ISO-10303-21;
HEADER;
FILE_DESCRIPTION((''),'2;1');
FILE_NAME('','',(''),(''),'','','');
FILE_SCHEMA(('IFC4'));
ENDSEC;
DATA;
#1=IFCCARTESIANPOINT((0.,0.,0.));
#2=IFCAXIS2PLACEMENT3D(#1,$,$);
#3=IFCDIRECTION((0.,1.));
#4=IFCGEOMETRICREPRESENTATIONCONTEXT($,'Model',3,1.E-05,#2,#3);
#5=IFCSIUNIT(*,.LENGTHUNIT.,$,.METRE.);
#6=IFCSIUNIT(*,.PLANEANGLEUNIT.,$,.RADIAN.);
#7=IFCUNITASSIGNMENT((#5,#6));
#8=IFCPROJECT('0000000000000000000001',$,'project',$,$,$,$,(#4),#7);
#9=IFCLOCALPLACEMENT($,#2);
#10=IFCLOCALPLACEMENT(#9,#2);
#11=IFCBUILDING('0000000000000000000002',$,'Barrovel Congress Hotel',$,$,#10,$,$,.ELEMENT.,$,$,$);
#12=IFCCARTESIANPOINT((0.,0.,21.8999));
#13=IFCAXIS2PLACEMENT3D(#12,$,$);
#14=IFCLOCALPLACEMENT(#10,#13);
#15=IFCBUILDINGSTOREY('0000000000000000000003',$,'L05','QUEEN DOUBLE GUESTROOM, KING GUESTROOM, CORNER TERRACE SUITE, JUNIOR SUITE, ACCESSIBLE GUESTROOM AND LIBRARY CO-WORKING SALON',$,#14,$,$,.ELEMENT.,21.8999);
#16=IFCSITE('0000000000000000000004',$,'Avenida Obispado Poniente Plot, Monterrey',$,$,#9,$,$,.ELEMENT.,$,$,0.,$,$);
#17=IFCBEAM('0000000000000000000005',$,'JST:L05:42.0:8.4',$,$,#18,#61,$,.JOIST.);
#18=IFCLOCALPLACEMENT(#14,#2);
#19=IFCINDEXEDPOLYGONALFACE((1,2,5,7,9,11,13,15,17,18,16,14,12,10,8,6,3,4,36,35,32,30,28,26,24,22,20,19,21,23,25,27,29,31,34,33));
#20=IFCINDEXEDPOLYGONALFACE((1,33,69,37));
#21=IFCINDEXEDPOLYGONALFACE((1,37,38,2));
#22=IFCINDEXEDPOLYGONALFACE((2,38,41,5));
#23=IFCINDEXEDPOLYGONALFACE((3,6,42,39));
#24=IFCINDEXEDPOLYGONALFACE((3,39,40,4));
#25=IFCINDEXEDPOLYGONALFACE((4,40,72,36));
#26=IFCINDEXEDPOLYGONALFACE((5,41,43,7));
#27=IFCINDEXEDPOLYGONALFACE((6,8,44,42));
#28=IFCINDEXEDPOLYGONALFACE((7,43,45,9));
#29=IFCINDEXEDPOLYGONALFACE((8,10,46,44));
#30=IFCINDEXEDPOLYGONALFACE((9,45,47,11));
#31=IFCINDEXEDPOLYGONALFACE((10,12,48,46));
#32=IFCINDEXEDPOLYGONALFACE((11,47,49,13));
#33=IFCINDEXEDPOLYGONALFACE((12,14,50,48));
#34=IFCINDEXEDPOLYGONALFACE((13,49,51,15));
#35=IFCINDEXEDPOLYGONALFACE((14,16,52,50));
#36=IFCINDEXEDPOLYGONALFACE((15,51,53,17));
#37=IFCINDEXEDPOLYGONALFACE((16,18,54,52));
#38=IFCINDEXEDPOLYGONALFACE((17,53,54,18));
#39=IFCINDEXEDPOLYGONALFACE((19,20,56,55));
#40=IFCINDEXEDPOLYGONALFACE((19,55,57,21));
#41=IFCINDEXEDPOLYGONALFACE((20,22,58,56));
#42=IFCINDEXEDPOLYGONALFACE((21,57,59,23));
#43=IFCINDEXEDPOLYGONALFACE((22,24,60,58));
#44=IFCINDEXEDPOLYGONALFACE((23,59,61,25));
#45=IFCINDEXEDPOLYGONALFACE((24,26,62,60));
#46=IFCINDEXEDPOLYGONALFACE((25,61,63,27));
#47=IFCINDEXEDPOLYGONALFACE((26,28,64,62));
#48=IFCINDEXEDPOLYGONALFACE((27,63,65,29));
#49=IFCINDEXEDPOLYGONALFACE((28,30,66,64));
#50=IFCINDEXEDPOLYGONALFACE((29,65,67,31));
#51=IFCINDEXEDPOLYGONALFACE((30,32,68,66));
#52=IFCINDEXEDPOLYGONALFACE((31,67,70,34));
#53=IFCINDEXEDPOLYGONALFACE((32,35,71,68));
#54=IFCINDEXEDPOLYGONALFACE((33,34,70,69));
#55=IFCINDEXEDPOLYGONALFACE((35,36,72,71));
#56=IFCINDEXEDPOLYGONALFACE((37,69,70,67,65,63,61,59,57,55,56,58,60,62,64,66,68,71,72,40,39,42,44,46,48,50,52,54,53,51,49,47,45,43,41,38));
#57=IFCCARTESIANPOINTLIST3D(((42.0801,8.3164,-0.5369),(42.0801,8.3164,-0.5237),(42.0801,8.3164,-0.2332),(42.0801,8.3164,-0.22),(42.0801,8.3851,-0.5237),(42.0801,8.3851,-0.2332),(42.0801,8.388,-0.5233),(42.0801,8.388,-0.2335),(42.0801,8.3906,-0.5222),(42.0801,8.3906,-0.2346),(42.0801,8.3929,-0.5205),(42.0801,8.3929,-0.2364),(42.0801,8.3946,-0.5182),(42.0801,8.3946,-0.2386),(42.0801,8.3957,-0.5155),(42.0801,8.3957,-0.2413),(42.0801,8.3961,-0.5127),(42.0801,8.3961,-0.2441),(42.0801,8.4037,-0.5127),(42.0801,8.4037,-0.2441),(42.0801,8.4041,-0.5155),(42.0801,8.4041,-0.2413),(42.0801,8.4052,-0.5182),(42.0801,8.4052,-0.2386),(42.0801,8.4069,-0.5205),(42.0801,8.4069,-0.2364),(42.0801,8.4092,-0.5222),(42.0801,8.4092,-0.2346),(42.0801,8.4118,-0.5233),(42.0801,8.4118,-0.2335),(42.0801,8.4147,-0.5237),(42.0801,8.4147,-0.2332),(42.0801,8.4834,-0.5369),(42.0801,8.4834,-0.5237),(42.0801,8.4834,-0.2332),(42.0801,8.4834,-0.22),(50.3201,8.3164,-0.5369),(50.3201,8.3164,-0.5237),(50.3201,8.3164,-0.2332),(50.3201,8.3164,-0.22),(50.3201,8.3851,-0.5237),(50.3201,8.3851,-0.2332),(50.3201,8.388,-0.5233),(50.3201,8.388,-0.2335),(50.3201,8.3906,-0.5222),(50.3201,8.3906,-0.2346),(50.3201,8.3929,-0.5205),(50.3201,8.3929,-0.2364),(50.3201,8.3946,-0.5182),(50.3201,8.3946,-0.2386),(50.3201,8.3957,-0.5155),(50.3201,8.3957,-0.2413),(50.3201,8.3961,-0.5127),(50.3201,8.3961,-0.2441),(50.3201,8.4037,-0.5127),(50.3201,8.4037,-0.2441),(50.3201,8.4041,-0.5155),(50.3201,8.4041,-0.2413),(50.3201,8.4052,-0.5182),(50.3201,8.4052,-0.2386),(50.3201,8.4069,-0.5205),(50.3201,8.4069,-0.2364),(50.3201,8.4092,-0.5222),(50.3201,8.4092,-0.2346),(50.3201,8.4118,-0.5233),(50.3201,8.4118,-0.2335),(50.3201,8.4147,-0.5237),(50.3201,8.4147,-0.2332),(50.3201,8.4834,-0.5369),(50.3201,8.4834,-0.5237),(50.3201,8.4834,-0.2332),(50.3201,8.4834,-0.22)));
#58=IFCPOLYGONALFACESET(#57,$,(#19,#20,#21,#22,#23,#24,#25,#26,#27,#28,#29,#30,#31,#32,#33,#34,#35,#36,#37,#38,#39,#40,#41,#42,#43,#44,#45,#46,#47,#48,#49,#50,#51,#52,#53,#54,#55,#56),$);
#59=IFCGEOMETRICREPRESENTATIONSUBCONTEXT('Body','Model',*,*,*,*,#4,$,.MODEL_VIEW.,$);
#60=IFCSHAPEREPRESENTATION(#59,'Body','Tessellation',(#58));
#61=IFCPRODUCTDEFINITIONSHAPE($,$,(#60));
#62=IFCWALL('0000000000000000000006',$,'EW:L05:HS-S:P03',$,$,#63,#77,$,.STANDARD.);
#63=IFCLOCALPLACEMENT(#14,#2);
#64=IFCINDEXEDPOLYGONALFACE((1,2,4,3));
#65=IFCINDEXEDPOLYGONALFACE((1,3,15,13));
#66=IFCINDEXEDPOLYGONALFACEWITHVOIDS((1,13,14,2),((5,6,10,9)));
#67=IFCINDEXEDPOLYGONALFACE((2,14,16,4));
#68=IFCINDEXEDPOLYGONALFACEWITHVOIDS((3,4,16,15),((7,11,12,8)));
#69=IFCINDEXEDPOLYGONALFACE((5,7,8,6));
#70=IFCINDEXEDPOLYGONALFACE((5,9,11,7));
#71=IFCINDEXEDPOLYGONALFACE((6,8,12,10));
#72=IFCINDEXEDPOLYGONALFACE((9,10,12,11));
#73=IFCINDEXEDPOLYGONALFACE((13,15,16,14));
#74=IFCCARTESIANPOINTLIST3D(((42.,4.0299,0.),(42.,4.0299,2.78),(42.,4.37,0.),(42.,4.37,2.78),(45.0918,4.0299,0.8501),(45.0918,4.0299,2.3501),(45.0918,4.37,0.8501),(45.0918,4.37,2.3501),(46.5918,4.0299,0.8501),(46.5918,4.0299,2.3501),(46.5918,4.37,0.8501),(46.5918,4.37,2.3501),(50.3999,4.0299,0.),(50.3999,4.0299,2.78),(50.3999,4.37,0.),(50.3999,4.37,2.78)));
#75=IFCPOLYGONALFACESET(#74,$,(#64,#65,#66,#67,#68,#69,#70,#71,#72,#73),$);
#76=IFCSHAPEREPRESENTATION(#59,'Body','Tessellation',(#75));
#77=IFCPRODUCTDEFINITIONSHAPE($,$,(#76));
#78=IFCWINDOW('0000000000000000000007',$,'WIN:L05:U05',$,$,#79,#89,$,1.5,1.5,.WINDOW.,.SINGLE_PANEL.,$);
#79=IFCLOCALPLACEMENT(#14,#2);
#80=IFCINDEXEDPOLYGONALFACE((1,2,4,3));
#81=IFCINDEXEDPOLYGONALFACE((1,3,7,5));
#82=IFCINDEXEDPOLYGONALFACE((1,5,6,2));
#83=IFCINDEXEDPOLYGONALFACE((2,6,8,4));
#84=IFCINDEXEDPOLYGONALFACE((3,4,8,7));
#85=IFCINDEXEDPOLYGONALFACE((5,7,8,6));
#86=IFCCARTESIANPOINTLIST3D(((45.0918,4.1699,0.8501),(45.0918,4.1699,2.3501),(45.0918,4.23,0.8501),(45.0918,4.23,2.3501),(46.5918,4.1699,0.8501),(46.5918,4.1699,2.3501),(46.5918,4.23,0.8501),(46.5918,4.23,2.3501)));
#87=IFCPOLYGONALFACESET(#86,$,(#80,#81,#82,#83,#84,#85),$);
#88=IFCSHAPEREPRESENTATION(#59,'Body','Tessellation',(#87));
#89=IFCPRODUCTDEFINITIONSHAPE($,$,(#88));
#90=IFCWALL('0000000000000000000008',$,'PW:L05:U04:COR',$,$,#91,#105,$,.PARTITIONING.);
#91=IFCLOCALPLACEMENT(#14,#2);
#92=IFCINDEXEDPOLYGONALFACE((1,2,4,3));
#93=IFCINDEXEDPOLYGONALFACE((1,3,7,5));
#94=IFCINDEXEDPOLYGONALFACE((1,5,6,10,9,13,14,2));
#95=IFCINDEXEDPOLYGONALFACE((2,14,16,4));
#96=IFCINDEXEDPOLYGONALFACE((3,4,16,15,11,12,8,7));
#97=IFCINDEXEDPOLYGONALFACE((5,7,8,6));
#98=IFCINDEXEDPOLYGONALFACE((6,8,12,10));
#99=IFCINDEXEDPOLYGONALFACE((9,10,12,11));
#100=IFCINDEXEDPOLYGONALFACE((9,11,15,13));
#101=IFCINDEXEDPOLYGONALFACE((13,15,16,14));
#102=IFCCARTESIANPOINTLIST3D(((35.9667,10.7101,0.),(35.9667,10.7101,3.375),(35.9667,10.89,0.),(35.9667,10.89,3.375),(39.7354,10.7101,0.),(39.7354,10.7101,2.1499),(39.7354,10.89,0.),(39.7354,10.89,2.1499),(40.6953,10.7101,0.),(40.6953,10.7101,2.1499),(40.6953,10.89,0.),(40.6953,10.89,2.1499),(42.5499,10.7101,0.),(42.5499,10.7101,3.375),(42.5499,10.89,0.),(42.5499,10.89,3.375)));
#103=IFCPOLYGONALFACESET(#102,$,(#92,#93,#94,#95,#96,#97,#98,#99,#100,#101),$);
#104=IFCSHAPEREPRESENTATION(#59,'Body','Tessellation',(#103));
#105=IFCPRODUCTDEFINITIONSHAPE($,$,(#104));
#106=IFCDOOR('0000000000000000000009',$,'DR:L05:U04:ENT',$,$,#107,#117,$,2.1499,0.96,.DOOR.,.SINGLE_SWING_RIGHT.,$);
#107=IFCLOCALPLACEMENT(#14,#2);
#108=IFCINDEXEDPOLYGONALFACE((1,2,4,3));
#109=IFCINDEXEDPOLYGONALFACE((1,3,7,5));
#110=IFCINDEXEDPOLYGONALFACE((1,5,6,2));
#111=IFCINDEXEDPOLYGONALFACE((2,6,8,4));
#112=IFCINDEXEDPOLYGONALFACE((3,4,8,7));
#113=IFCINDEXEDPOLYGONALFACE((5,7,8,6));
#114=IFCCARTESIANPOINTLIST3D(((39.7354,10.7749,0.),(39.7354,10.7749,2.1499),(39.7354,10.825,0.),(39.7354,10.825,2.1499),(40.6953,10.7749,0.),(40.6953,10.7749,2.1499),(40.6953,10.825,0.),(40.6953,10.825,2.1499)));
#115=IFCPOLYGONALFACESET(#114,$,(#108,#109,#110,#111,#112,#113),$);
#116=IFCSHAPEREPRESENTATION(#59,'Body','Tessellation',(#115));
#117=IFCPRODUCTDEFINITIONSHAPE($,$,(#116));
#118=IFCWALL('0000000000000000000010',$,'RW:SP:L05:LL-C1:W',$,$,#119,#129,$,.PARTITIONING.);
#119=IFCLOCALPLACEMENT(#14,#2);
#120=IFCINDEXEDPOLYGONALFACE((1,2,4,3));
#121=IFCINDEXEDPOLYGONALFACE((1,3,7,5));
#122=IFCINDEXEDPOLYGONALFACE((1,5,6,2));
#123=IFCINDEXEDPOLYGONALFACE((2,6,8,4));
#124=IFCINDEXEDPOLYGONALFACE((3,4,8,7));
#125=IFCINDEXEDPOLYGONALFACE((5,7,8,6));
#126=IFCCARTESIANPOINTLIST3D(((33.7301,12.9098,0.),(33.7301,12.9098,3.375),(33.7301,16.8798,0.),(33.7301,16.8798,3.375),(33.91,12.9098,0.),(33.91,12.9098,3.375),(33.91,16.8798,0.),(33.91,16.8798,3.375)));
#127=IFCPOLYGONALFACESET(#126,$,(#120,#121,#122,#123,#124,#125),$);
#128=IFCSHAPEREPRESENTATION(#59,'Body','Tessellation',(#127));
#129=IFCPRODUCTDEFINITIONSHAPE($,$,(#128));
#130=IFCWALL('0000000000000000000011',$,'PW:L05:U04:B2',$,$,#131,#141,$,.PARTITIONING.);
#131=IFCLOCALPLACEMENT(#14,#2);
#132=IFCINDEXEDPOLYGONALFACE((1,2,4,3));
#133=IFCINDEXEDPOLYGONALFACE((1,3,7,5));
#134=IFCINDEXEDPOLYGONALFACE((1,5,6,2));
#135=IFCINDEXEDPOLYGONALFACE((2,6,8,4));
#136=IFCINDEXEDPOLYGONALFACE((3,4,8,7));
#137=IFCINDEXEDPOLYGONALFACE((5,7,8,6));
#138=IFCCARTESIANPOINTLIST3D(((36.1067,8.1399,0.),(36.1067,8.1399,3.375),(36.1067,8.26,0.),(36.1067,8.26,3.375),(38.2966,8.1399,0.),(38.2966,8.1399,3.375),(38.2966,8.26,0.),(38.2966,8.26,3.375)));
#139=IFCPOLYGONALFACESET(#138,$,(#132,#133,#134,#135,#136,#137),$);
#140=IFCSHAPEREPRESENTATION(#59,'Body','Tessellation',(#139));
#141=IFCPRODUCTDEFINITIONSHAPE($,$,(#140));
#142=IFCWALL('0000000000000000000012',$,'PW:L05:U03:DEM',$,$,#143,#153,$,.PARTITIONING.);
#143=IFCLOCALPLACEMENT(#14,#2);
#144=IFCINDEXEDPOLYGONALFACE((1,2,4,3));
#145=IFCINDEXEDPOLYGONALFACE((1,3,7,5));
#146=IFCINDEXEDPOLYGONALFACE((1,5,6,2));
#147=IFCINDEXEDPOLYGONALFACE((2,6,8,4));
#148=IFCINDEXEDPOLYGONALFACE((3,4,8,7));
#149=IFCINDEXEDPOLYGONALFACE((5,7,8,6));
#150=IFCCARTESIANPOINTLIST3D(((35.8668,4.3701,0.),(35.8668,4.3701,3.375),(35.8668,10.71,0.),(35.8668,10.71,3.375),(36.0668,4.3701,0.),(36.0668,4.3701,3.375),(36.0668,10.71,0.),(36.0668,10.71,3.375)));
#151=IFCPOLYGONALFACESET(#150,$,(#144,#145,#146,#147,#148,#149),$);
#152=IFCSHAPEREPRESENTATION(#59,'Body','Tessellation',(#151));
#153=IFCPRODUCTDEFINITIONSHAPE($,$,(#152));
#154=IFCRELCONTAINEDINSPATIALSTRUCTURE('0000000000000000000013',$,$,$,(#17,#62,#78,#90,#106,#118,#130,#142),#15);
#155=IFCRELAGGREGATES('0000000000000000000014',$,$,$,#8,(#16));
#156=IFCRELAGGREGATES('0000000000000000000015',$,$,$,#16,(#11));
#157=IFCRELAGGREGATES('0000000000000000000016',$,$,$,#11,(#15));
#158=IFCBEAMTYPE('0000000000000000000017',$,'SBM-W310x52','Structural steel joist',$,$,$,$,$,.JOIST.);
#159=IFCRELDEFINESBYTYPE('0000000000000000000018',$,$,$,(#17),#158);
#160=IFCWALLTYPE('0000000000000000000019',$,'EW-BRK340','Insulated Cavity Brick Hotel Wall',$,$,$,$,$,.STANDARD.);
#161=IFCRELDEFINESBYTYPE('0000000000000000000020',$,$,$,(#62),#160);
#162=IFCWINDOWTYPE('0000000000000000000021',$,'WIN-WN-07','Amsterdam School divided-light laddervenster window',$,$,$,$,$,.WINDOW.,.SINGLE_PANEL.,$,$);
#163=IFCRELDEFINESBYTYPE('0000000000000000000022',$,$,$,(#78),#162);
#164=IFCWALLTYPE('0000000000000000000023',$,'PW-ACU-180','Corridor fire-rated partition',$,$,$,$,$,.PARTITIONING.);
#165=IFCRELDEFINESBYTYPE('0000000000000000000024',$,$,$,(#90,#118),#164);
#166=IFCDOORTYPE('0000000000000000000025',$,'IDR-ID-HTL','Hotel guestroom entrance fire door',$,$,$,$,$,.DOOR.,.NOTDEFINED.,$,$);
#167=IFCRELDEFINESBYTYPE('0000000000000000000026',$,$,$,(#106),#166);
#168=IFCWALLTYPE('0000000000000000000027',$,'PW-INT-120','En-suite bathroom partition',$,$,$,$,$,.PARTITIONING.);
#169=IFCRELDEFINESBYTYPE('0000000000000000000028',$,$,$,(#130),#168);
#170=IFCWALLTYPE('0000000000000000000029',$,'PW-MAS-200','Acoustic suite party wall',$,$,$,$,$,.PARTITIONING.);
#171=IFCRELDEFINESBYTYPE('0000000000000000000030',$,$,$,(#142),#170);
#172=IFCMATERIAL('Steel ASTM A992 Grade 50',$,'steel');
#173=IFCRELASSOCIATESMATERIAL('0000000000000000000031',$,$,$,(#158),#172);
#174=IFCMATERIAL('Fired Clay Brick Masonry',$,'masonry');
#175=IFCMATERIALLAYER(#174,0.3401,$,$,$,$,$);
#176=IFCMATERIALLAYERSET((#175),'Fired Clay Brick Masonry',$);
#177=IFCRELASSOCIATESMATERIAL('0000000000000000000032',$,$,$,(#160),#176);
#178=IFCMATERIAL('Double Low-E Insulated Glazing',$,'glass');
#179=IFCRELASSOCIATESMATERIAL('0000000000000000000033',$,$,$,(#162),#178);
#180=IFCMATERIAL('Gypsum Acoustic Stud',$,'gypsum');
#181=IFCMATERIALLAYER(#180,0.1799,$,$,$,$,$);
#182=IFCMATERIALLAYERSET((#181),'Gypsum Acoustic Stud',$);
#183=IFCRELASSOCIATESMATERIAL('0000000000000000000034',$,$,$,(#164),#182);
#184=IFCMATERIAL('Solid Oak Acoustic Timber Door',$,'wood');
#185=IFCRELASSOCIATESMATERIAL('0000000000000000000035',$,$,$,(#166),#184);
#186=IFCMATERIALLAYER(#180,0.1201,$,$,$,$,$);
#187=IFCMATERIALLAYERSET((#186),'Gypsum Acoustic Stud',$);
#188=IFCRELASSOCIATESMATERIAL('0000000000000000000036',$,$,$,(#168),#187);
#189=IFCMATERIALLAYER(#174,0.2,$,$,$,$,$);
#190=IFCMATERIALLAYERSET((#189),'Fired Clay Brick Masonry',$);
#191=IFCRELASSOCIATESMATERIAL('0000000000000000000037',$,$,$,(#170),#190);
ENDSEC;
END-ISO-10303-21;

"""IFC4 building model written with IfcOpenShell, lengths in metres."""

from ifc_helpers import new_model, si_unit, direction, frame, frame_2d, origin, origin_2d, place, context, subcontext, project, spatial, rectangle, i_section, extrude, material, layer, layer_set, material_profile, profile_set, type_object, element, fill, save


model = new_model("IFC4")

# Units and contexts
model_context = context("Model", 3, precision=1e-05, world=origin(), true_north=direction((0.0, 1.0)))
body_context = subcontext(model_context, "Body", "Model", "MODEL_VIEW")
ifc_project = project(units=[si_unit("LENGTHUNIT", "METRE"), si_unit("PLANEANGLEUNIT", "RADIAN")], contexts=[model_context])

# Site, building, storey
site_placement = place(None, origin())
site = spatial("IfcSite", under=ifc_project, at=site_placement, Name="Avenida Obispado Poniente Plot, Monterrey", CompositionType="ELEMENT", RefElevation=0.0)
building_placement = place(site_placement, origin())
building = spatial("IfcBuilding", under=site, at=building_placement, Name="Barrovel Congress Hotel", CompositionType="ELEMENT")
storey_placement = place(building_placement, frame((0.0, 0.0, 21.8999)))
storey = spatial("IfcBuildingStorey", under=building, at=storey_placement, Name="L05", Description="QUEEN DOUBLE GUESTROOM, KING GUESTROOM, CORNER TERRACE SUITE, JUNIOR SUITE, ACCESSIBLE GUESTROOM AND LIBRARY CO-WORKING SALON", CompositionType="ELEMENT", Elevation=21.8999)

# Beam
ifc_material_1 = material(Name="Steel ASTM A992 Grade 50", Category="steel")
ifc_material_profile_1 = material_profile(ifc_material_1, i_section(OverallWidth=0.167, OverallDepth=0.3169, WebThickness=0.0076, FlangeThickness=0.0132, FilletRadius=0.011, at=origin_2d()), Name="W310x52")
ifc_profile_set_1 = profile_set([ifc_material_profile_1], Name="Steel ASTM A992 Grade 50")
beam_type_1 = type_object("IfcBeamType", Name="SBM-W310x52", Description="Structural steel joist", PredefinedType="JOIST", material=ifc_profile_set_1)
for number, where, z_axis, x_axis, name in (
    (1, (42.0801, 8.3999, -0.3784), (1.0, 0.0, 0.0), (0.0, 1.0, 0.0), "JST:L05:42.0:8.4"),
):
    element("IfcBeam", number, at=place(storey_placement, frame(where, z_axis=z_axis, x_axis=x_axis)), inside=storey, type_object=beam_type_1, Name=name, PredefinedType="JOIST", context=body_context, shape_type="SweptSolid", body=[
        extrude(i_section(OverallWidth=0.167, OverallDepth=0.3169, WebThickness=0.0076, FlangeThickness=0.0132, FilletRadius=0.011, at=origin_2d()), origin(), (0.0, 0.0, 1.0), 8.24),
    ])

# Wall, opening, window
ifc_material_2 = material(Name="Fired Clay Brick Masonry", Category="masonry")
ifc_layer_1 = layer(ifc_material_2, 0.3401)
ifc_layer_set_1 = layer_set([ifc_layer_1], Name="Fired Clay Brick Masonry")
wall_type_1 = type_object("IfcWallType", Name="EW-BRK340", Description="Insulated Cavity Brick Hotel Wall", PredefinedType="STANDARD", material=ifc_layer_set_1)
wall_1_placement = place(storey_placement, frame((42.0, 4.2, 0.0), z_axis=(0.0, 0.0, 1.0), x_axis=(1.0, 0.0, 0.0)))
wall_1 = element("IfcWall", 2, at=wall_1_placement, inside=storey, type_object=wall_type_1, Name="EW:L05:HS-S:P03", PredefinedType="STANDARD", context=body_context, shape_type="SweptSolid", body=[
    extrude(rectangle(XDim=8.3999, YDim=0.3401, at=frame_2d((4.2, 0.0))), origin(), (0.0, 0.0, 1.0), 2.78),
])
opening_1_placement = place(wall_1_placement, frame((3.0918, 0.0, 0.8501)))
opening_1 = element("IfcOpeningElement", 3, at=opening_1_placement, cuts=wall_1, PredefinedType="OPENING", context=body_context, shape_type="SweptSolid", body=[
    extrude(rectangle(XDim=1.5, YDim=1.5, at=frame_2d((0.75, 0.75))), frame((0.0, 0.1802, 0.0), z_axis=(0.0, -1.0, 0.0), x_axis=(1.0, 0.0, 0.0)), (0.0, 0.0, 1.0), 0.3601),
])
ifc_material_3 = material(Name="Double Low-E Insulated Glazing", Category="glass")
window_type = type_object("IfcWindowType", Name="WIN-WN-07", Description="Amsterdam School divided-light laddervenster window", PartitioningType="SINGLE_PANEL", PredefinedType="WINDOW", material=ifc_material_3)
window_placement = place(opening_1_placement, origin())
window = element("IfcWindow", 4, at=window_placement, inside=storey, type_object=window_type, Name="WIN:L05:U05", OverallHeight=1.5, OverallWidth=1.5, PartitioningType="SINGLE_PANEL", PredefinedType="WINDOW", context=body_context, shape_type="SweptSolid", body=[
    extrude(rectangle(XDim=1.5, YDim=1.5, at=frame_2d((0.75, 0.75))), frame((0.0, 0.03, 0.0), z_axis=(0.0, -1.0, 0.0), x_axis=(1.0, 0.0, 0.0)), (0.0, 0.0, 1.0), 0.0601),
])
fill(opening_1, window)

# Wall, opening, door
ifc_material_4 = material(Name="Gypsum Acoustic Stud", Category="gypsum")
ifc_layer_2 = layer(ifc_material_4, 0.1799)
ifc_layer_set_2 = layer_set([ifc_layer_2], Name="Gypsum Acoustic Stud")
wall_type_2 = type_object("IfcWallType", Name="PW-ACU-180", Description="Corridor fire-rated partition", PredefinedType="PARTITIONING", material=ifc_layer_set_2)
wall_2_placement = place(storey_placement, frame((35.9668, 10.8, 0.0), z_axis=(0.0, 0.0, 1.0), x_axis=(1.0, 0.0, 0.0)))
wall_2 = element("IfcWall", 5, at=wall_2_placement, inside=storey, type_object=wall_type_2, Name="PW:L05:U04:COR", PredefinedType="PARTITIONING", context=body_context, shape_type="SweptSolid", body=[
    extrude(rectangle(XDim=6.5833, YDim=0.1799, at=frame_2d((3.2915, 0.0))), origin(), (0.0, 0.0, 1.0), 3.375),
])
opening_2_placement = place(wall_2_placement, frame((3.7686, 0.0, 0.0)))
opening_2 = element("IfcOpeningElement", 6, at=opening_2_placement, cuts=wall_2, PredefinedType="OPENING", context=body_context, shape_type="SweptSolid", body=[
    extrude(rectangle(XDim=0.96, YDim=2.1499, at=frame_2d((0.48, 1.075))), frame((0.0, 0.1001, 0.0), z_axis=(0.0, -1.0, 0.0), x_axis=(1.0, 0.0, 0.0)), (0.0, 0.0, 1.0), 0.2),
])
ifc_material_5 = material(Name="Solid Oak Acoustic Timber Door", Category="wood")
door_type_1 = type_object("IfcDoorType", Name="IDR-ID-HTL", Description="Hotel guestroom entrance fire door", OperationType="NOTDEFINED", PredefinedType="DOOR", material=ifc_material_5)
door_1_placement = place(opening_2_placement, origin())
door_1 = element("IfcDoor", 7, at=door_1_placement, inside=storey, type_object=door_type_1, Name="DR:L05:U04:ENT", OperationType="SINGLE_SWING_RIGHT", OverallHeight=2.1499, OverallWidth=0.96, PredefinedType="DOOR", context=body_context, shape_type="SweptSolid", body=[
    extrude(rectangle(XDim=0.96, YDim=2.1499, at=frame_2d((0.48, 1.075))), frame((0.0, 0.0249, 0.0), z_axis=(0.0, -1.0, 0.0), x_axis=(1.0, 0.0, 0.0)), (0.0, 0.0, 1.0), 0.05),
])
fill(opening_2, door_1)

# Wall
wall_3_placement = place(storey_placement, frame((33.8201, 12.9099, 0.0), z_axis=(0.0, 0.0, 1.0), x_axis=(0.0, 1.0, 0.0)))
element("IfcWall", 8, at=wall_3_placement, inside=storey, type_object=wall_type_2, Name="RW:SP:L05:LL-C1:W", PredefinedType="PARTITIONING", context=body_context, shape_type="SweptSolid", body=[
    extrude(rectangle(XDim=3.97, YDim=0.1799, at=frame_2d((1.9849, 0.0))), origin(), (0.0, 0.0, 1.0), 3.375),
])

# Walls
ifc_layer_3 = layer(ifc_material_4, 0.1201)
ifc_layer_set_3 = layer_set([ifc_layer_3], Name="Gypsum Acoustic Stud")
wall_type_3 = type_object("IfcWallType", Name="PW-INT-120", Description="En-suite bathroom partition", PredefinedType="PARTITIONING", material=ifc_layer_set_3)
wall_4_placement = place(storey_placement, frame((36.1067, 8.2, 0.0), z_axis=(0.0, 0.0, 1.0), x_axis=(1.0, 0.0, 0.0)))
element("IfcWall", 9, at=wall_4_placement, inside=storey, type_object=wall_type_3, Name="PW:L05:U04:B2", PredefinedType="PARTITIONING", context=body_context, shape_type="SweptSolid", body=[
    extrude(rectangle(XDim=2.1899, YDim=0.1201, at=frame_2d((1.095, 0.0))), origin(), (0.0, 0.0, 1.0), 3.375),
])
ifc_layer_4 = layer(ifc_material_2, 0.2)
ifc_layer_set_4 = layer_set([ifc_layer_4], Name="Fired Clay Brick Masonry")
wall_type_4 = type_object("IfcWallType", Name="PW-MAS-200", Description="Acoustic suite party wall", PredefinedType="PARTITIONING", material=ifc_layer_set_4)
wall_5_placement = place(storey_placement, frame((35.9668, 4.3701, 0.0), z_axis=(0.0, 0.0, 1.0), x_axis=(0.0, 1.0, 0.0)))
element("IfcWall", 10, at=wall_5_placement, inside=storey, type_object=wall_type_4, Name="PW:L05:U03:DEM", PredefinedType="PARTITIONING", context=body_context, shape_type="SweptSolid", body=[
    extrude(rectangle(XDim=6.3398, YDim=0.2, at=frame_2d((3.1699, 0.0))), origin(), (0.0, 0.0, 1.0), 3.375),
])

save(model, "model.ifc")
